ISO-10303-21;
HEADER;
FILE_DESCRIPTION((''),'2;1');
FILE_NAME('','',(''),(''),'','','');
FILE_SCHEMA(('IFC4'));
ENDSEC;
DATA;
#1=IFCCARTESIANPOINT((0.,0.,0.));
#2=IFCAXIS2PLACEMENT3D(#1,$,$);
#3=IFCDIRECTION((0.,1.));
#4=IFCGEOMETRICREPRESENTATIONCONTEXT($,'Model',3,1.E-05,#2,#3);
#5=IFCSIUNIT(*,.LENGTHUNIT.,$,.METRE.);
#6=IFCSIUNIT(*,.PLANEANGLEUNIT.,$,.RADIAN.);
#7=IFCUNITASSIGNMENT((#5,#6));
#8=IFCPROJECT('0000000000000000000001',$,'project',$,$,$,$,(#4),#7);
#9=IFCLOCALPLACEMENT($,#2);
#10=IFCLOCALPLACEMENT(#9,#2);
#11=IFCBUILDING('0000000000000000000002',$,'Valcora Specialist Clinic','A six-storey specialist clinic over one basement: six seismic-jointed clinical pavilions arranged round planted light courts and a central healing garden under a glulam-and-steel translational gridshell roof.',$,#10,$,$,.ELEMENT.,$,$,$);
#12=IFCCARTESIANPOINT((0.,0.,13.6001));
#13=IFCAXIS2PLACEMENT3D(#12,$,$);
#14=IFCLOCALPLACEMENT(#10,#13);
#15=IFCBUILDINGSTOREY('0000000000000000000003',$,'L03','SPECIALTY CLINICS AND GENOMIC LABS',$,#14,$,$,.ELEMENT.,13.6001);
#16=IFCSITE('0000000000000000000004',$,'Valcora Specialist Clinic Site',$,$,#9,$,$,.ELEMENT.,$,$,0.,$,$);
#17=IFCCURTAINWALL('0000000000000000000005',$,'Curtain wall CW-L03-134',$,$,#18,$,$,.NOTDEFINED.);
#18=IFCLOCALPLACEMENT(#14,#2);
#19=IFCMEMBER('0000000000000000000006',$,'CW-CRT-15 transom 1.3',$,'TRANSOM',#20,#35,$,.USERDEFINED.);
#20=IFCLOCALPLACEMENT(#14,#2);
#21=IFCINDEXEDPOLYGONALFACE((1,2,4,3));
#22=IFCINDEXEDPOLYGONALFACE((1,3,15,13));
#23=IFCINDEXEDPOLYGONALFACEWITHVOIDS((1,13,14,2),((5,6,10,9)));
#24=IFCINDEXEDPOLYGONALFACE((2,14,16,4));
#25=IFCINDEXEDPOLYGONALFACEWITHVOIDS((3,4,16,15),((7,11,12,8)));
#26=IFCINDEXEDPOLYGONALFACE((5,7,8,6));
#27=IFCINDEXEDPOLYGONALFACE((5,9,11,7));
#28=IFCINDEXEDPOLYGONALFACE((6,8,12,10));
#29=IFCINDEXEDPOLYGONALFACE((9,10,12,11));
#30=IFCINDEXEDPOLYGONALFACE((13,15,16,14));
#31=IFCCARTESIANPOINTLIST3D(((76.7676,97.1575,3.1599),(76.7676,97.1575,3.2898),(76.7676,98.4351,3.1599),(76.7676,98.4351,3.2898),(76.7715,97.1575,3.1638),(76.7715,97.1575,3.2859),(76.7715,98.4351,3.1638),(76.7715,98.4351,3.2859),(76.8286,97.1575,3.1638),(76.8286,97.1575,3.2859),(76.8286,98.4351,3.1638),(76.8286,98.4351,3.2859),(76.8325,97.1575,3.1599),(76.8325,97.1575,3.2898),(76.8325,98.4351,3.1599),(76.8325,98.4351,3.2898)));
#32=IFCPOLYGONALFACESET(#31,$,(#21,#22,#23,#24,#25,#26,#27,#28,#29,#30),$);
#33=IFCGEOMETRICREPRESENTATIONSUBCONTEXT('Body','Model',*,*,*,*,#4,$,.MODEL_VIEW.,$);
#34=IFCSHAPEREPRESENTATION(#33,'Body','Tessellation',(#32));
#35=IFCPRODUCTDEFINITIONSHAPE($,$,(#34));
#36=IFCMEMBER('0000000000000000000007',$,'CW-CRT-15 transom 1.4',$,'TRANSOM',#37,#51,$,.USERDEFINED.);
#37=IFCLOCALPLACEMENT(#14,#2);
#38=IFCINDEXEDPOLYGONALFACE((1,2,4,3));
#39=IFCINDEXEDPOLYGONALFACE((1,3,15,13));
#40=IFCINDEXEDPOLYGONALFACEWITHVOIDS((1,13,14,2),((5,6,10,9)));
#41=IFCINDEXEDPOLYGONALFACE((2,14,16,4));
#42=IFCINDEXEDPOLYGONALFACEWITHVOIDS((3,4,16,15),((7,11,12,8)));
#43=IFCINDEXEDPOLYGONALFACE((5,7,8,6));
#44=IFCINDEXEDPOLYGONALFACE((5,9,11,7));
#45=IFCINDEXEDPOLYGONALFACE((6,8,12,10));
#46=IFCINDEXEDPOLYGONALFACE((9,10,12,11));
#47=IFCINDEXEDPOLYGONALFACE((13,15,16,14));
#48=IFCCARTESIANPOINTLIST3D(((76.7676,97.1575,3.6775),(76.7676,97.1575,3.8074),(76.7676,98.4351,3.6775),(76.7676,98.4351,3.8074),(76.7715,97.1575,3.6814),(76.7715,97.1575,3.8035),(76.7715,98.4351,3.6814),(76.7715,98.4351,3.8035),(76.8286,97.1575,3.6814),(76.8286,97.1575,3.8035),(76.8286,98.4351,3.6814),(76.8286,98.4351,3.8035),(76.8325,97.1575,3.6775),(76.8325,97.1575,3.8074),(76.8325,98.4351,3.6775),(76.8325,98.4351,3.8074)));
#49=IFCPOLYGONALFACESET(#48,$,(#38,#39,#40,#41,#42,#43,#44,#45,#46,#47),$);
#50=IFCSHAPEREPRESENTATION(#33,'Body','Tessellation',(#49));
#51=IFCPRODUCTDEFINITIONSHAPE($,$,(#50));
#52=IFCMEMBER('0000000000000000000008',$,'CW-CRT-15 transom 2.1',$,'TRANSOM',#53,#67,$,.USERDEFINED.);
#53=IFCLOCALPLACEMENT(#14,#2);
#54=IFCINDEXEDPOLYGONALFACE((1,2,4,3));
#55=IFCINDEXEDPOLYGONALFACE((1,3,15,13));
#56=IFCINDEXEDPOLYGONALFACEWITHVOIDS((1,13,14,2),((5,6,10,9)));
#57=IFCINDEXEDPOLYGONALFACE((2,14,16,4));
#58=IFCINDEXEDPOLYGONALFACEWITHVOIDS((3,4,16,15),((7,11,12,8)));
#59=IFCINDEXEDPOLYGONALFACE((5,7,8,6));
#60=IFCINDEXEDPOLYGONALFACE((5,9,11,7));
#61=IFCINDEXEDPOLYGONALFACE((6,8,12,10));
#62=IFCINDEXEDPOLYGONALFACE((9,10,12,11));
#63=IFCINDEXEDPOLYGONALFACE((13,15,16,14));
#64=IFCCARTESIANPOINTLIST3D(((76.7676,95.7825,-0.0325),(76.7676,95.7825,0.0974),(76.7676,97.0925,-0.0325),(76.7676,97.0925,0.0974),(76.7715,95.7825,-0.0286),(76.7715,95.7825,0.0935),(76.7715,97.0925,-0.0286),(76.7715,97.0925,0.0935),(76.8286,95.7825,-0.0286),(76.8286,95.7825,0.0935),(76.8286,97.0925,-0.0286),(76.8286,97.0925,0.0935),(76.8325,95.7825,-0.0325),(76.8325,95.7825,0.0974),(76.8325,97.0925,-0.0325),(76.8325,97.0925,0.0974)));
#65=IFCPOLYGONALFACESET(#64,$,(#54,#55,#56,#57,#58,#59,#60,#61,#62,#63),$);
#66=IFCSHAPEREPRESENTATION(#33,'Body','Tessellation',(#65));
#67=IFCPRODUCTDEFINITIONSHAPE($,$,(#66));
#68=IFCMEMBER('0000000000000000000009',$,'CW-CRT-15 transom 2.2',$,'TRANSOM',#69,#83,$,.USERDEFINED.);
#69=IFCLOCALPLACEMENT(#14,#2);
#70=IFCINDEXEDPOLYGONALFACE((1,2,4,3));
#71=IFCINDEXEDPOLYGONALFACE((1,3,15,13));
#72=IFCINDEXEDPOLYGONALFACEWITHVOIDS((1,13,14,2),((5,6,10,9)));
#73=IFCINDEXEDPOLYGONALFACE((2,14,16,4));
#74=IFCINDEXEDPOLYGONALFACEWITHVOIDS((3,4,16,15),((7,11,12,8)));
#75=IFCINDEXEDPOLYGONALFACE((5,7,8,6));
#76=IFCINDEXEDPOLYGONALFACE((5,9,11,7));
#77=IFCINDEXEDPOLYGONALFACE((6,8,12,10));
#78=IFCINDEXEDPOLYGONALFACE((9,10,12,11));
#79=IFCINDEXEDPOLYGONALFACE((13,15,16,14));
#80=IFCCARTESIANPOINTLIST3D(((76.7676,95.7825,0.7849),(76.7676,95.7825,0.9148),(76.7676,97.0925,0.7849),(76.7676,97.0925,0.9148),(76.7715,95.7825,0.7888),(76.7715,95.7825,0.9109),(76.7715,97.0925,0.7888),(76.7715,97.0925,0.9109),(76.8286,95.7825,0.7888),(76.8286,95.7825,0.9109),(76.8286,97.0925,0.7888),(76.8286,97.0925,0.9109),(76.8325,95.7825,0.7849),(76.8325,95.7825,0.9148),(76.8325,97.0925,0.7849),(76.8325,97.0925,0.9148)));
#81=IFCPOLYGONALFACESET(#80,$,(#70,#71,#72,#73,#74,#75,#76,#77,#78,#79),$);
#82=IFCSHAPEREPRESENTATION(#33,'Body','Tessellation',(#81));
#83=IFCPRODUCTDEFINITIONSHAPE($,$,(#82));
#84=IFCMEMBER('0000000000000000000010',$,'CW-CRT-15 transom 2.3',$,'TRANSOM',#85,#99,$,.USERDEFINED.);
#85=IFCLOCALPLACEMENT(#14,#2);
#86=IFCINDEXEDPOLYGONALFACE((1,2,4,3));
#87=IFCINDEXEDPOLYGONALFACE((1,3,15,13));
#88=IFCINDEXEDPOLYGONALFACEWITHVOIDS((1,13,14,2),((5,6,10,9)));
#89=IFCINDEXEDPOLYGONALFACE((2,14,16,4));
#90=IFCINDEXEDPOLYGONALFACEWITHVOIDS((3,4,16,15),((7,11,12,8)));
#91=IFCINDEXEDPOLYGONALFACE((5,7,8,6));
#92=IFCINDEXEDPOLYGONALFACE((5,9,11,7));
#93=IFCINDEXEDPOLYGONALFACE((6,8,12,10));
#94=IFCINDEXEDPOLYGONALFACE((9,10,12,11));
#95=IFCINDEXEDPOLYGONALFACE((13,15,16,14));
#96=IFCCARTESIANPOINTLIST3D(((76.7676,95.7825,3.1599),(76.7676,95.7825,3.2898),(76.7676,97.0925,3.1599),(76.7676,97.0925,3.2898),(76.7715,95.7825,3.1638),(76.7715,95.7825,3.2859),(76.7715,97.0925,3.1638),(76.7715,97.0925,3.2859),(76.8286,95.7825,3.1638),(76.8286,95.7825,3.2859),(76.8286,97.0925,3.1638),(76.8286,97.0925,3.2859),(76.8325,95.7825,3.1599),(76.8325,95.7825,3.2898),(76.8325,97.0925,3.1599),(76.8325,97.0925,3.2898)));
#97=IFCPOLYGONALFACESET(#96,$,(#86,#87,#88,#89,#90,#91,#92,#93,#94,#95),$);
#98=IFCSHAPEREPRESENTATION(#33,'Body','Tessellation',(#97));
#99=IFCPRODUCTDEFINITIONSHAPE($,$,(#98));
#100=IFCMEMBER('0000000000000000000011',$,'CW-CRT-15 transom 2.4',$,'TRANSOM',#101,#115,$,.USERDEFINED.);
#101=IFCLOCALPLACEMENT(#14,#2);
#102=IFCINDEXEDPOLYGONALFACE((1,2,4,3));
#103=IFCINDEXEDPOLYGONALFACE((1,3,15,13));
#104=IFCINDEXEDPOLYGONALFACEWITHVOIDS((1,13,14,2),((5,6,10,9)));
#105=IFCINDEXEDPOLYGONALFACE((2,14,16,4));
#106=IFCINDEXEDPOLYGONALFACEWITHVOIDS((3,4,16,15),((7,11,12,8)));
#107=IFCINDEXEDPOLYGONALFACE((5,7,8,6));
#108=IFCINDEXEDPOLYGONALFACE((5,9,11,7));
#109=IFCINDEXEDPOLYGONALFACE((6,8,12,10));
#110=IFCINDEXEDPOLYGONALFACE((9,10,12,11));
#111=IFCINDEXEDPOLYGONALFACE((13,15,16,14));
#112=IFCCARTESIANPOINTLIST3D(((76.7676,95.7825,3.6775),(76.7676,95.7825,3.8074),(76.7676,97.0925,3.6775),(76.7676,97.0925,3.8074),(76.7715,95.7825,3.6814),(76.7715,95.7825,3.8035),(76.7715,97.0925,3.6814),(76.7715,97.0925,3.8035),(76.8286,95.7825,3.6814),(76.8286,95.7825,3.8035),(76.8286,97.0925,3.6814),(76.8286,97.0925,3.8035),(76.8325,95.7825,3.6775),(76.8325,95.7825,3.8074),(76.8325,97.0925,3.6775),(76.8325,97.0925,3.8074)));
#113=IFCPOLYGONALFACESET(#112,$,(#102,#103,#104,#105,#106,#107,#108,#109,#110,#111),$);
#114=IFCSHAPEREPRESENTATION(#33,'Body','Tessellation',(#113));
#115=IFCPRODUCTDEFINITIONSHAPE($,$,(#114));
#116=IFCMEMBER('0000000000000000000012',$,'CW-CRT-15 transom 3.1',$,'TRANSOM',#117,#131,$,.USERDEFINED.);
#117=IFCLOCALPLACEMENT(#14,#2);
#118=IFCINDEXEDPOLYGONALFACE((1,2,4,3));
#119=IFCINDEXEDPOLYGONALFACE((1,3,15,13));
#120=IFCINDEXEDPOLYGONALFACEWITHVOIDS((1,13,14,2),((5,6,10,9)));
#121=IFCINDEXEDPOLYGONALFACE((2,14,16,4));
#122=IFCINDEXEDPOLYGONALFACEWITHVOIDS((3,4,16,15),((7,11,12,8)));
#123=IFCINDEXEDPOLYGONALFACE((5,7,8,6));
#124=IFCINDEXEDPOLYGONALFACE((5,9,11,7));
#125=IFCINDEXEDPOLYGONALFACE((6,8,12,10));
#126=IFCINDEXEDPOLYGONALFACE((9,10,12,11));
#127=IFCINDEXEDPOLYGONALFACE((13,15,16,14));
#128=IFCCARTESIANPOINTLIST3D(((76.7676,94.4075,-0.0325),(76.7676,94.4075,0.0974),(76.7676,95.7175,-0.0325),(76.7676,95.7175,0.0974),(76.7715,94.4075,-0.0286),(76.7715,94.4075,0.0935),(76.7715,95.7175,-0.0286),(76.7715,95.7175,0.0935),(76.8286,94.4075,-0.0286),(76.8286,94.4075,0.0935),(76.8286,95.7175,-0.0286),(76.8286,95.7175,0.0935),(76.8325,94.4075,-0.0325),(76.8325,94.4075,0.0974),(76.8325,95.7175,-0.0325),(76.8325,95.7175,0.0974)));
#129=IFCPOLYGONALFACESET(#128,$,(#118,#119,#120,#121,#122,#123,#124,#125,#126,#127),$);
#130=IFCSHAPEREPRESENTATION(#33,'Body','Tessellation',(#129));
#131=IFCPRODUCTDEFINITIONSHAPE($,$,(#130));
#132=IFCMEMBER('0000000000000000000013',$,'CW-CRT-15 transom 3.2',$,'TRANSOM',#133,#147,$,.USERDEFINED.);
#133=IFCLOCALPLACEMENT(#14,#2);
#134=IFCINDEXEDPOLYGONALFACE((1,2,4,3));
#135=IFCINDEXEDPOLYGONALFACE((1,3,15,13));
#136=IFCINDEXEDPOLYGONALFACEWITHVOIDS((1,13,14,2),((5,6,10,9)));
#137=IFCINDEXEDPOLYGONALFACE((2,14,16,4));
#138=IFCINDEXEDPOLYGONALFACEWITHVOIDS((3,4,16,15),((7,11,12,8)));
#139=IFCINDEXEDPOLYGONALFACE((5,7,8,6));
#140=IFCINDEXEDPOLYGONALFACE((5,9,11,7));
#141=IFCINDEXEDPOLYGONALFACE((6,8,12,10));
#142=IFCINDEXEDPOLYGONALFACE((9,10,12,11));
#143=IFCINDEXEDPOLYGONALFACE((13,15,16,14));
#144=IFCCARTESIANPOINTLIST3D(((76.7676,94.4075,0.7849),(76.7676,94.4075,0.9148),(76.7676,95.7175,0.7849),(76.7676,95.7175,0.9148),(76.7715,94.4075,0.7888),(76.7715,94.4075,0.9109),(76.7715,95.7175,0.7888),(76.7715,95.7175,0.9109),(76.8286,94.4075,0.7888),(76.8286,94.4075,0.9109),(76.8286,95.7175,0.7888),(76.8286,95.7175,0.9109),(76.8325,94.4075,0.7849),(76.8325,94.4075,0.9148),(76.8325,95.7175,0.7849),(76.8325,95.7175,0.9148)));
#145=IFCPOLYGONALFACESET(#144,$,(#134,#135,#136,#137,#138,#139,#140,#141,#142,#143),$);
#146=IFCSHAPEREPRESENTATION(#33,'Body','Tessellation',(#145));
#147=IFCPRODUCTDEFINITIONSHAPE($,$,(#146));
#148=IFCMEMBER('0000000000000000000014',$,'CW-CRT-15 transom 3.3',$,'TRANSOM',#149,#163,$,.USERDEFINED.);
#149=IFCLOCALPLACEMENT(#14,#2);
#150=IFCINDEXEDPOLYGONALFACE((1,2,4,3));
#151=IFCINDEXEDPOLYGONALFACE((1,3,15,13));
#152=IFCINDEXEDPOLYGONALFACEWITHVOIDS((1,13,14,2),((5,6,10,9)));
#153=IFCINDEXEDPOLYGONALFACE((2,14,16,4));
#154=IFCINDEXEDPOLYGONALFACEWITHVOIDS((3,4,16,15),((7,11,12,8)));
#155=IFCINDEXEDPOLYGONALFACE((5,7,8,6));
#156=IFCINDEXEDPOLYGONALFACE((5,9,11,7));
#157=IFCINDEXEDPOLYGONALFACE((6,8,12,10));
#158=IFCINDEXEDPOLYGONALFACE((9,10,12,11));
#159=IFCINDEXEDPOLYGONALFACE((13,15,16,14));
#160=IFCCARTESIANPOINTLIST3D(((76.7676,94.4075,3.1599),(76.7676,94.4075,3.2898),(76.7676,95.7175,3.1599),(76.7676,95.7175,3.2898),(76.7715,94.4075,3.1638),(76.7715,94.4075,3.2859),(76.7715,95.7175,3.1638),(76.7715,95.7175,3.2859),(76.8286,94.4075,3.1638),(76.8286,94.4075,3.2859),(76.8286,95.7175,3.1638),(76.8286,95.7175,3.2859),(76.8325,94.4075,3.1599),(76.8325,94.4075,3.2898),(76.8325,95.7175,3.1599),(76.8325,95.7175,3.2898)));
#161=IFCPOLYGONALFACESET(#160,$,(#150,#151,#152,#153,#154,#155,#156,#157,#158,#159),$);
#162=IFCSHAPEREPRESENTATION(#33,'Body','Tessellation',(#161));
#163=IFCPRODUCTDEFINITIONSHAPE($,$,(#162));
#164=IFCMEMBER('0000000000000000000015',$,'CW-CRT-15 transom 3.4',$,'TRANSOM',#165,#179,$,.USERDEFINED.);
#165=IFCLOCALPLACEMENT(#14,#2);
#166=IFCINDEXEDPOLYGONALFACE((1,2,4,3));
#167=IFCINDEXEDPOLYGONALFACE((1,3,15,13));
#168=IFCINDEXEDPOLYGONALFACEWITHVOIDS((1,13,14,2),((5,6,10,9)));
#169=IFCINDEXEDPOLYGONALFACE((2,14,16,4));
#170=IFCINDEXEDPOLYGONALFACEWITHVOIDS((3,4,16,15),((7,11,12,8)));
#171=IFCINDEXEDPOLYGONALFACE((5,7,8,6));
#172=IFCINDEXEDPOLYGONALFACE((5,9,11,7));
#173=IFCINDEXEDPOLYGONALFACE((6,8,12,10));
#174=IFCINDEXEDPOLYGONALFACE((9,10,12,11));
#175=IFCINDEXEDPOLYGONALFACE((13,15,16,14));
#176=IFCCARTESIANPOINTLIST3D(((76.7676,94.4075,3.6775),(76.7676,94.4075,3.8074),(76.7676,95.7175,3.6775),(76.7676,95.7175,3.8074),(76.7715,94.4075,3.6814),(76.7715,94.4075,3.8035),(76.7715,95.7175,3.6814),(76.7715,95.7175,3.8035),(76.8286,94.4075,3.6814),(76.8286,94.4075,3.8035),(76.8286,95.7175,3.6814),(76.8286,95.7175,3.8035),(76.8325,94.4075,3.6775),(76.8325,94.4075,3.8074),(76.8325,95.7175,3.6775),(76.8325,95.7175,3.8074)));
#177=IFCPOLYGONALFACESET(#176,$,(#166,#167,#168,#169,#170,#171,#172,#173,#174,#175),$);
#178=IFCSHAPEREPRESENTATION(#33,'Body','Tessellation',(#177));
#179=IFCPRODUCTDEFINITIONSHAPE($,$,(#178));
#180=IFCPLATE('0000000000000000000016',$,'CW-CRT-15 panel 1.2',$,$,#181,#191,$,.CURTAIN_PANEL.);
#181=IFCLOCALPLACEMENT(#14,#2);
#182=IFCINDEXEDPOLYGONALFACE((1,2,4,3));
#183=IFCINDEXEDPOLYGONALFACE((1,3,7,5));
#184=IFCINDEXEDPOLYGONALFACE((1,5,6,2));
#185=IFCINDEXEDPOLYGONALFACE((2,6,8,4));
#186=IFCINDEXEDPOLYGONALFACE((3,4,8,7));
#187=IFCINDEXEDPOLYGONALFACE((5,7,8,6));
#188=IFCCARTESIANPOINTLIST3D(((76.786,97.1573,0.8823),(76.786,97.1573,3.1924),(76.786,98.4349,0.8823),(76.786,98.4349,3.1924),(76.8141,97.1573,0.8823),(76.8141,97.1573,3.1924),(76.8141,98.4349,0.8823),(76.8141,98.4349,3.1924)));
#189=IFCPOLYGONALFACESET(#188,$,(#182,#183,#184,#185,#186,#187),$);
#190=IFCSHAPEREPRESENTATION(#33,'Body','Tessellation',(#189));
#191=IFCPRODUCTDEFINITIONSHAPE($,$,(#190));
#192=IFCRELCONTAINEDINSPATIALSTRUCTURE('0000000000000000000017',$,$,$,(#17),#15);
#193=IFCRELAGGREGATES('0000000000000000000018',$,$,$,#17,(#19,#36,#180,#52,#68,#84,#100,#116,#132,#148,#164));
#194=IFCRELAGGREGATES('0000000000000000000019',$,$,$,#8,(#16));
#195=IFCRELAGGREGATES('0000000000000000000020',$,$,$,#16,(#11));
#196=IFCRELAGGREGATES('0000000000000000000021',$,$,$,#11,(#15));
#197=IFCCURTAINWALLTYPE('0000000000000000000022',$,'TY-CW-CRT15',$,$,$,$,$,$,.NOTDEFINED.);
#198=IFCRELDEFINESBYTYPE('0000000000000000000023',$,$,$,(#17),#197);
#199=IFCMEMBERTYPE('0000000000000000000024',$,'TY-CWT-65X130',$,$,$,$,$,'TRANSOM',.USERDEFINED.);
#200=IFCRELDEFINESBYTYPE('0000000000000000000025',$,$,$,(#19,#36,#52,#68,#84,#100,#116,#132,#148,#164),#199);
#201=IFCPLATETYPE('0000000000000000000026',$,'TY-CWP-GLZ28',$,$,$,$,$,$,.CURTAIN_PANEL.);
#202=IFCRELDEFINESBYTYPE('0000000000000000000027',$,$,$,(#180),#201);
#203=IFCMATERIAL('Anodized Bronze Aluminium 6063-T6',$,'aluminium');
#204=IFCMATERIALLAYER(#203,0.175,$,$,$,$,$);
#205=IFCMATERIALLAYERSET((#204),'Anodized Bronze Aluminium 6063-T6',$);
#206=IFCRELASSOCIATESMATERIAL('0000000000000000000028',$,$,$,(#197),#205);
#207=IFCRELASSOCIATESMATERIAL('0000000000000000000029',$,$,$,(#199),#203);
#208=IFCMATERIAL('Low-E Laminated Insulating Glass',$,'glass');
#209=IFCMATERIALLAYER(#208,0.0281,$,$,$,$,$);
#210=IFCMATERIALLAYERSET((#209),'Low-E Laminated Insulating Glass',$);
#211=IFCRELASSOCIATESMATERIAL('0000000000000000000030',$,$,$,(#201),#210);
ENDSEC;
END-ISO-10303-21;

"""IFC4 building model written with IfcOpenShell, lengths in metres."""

from ifc_helpers import new_model, si_unit, direction, frame, origin, origin_2d, place, context, subcontext, project, spatial, rectangle, hollow_rectangle, extrude, material, layer, layer_set, material_profile, profile_set, type_object, element, aggregate, save


model = new_model("IFC4")

# Units and contexts
model_context = context("Model", 3, precision=1e-05, world=origin(), true_north=direction((0.0, 1.0)))
body_context = subcontext(model_context, "Body", "Model", "MODEL_VIEW")
ifc_project = project(units=[si_unit("LENGTHUNIT", "METRE"), si_unit("PLANEANGLEUNIT", "RADIAN")], contexts=[model_context])

# Site, building, storey
site_placement = place(None, origin())
site = spatial("IfcSite", under=ifc_project, at=site_placement, Name="Valcora Specialist Clinic Site", CompositionType="ELEMENT", RefElevation=0.0)
building_placement = place(site_placement, origin())
building = spatial("IfcBuilding", under=site, at=building_placement, Name="Valcora Specialist Clinic", Description="A six-storey specialist clinic over one basement: six seismic-jointed clinical pavilions arranged round planted light courts and a central healing garden under a glulam-and-steel translational gridshell roof.", CompositionType="ELEMENT")
storey_placement = place(building_placement, frame((0.0, 0.0, 13.6001)))
storey = spatial("IfcBuildingStorey", under=building, at=storey_placement, Name="L03", Description="SPECIALTY CLINICS AND GENOMIC LABS", CompositionType="ELEMENT", Elevation=13.6001)

# Curtain wall
ifc_material_1 = material(Name="Anodized Bronze Aluminium 6063-T6", Category="aluminium")
ifc_layer_1 = layer(ifc_material_1, 0.175)
ifc_layer_set_1 = layer_set([ifc_layer_1], Name="Anodized Bronze Aluminium 6063-T6")
curtain_wall_type = type_object("IfcCurtainWallType", Name="TY-CW-CRT15", PredefinedType="NOTDEFINED", material=ifc_layer_set_1)
curtain_wall_1_placement = place(storey_placement, origin())
curtain_wall_1 = element("IfcCurtainWall", 1, at=curtain_wall_1_placement, inside=storey, type_object=curtain_wall_type, Name="Curtain wall CW-L03-134", PredefinedType="NOTDEFINED")

# Members
ifc_material_profile_1 = material_profile(ifc_material_1, hollow_rectangle(XDim=0.0649, YDim=0.1299, WallThickness=0.0039, at=origin_2d()), Name="AL-TRN-65X130")
ifc_profile_set_1 = profile_set([ifc_material_profile_1], Name="Anodized Bronze Aluminium 6063-T6")
member_type_1 = type_object("IfcMemberType", Name="TY-CWT-65X130", ElementType="TRANSOM", PredefinedType="USERDEFINED", material=ifc_profile_set_1)
member_1_placement = place(storey_placement, frame((76.8, 98.4351, 3.2249), z_axis=(0.0, -1.0, 0.0), x_axis=(1.0, 0.0, 0.0)))
member_1 = element("IfcMember", 2, at=member_1_placement, type_object=member_type_1, Name="CW-CRT-15 transom 1.3", ObjectType="TRANSOM", PredefinedType="USERDEFINED", context=body_context, shape_type="SweptSolid", body=[
    extrude(hollow_rectangle(XDim=0.0649, YDim=0.1299, WallThickness=0.0039, at=origin_2d()), origin(), (0.0, 0.0, 1.0), 1.2776),
])
member_2_placement = place(storey_placement, frame((76.8, 98.4351, 3.7424), z_axis=(0.0, -1.0, 0.0), x_axis=(1.0, 0.0, 0.0)))
member_2 = element("IfcMember", 3, at=member_2_placement, type_object=member_type_1, Name="CW-CRT-15 transom 1.4", ObjectType="TRANSOM", PredefinedType="USERDEFINED", context=body_context, shape_type="SweptSolid", body=[
    extrude(hollow_rectangle(XDim=0.0649, YDim=0.1299, WallThickness=0.0039, at=origin_2d()), origin(), (0.0, 0.0, 1.0), 1.2776),
])
member_3_placement = place(storey_placement, frame((76.8, 97.0925, 0.0325), z_axis=(0.0, -1.0, 0.0), x_axis=(1.0, 0.0, 0.0)))
member_3 = element("IfcMember", 4, at=member_3_placement, type_object=member_type_1, Name="CW-CRT-15 transom 2.1", ObjectType="TRANSOM", PredefinedType="USERDEFINED", context=body_context, shape_type="SweptSolid", body=[
    extrude(hollow_rectangle(XDim=0.0649, YDim=0.1299, WallThickness=0.0039, at=origin_2d()), origin(), (0.0, 0.0, 1.0), 1.3101),
])
member_4_placement = place(storey_placement, frame((76.8, 97.0925, 0.8499), z_axis=(0.0, -1.0, 0.0), x_axis=(1.0, 0.0, 0.0)))
member_4 = element("IfcMember", 5, at=member_4_placement, type_object=member_type_1, Name="CW-CRT-15 transom 2.2", ObjectType="TRANSOM", PredefinedType="USERDEFINED", context=body_context, shape_type="SweptSolid", body=[
    extrude(hollow_rectangle(XDim=0.0649, YDim=0.1299, WallThickness=0.0039, at=origin_2d()), origin(), (0.0, 0.0, 1.0), 1.3101),
])
member_5_placement = place(storey_placement, frame((76.8, 97.0925, 3.2249), z_axis=(0.0, -1.0, 0.0), x_axis=(1.0, 0.0, 0.0)))
member_5 = element("IfcMember", 6, at=member_5_placement, type_object=member_type_1, Name="CW-CRT-15 transom 2.3", ObjectType="TRANSOM", PredefinedType="USERDEFINED", context=body_context, shape_type="SweptSolid", body=[
    extrude(hollow_rectangle(XDim=0.0649, YDim=0.1299, WallThickness=0.0039, at=origin_2d()), origin(), (0.0, 0.0, 1.0), 1.3101),
])
member_6_placement = place(storey_placement, frame((76.8, 97.0925, 3.7424), z_axis=(0.0, -1.0, 0.0), x_axis=(1.0, 0.0, 0.0)))
member_6 = element("IfcMember", 7, at=member_6_placement, type_object=member_type_1, Name="CW-CRT-15 transom 2.4", ObjectType="TRANSOM", PredefinedType="USERDEFINED", context=body_context, shape_type="SweptSolid", body=[
    extrude(hollow_rectangle(XDim=0.0649, YDim=0.1299, WallThickness=0.0039, at=origin_2d()), origin(), (0.0, 0.0, 1.0), 1.3101),
])
member_7_placement = place(storey_placement, frame((76.8, 95.7175, 0.0325), z_axis=(0.0, -1.0, 0.0), x_axis=(1.0, 0.0, 0.0)))
member_7 = element("IfcMember", 8, at=member_7_placement, type_object=member_type_1, Name="CW-CRT-15 transom 3.1", ObjectType="TRANSOM", PredefinedType="USERDEFINED", context=body_context, shape_type="SweptSolid", body=[
    extrude(hollow_rectangle(XDim=0.0649, YDim=0.1299, WallThickness=0.0039, at=origin_2d()), origin(), (0.0, 0.0, 1.0), 1.3101),
])
member_8_placement = place(storey_placement, frame((76.8, 95.7175, 0.8499), z_axis=(0.0, -1.0, 0.0), x_axis=(1.0, 0.0, 0.0)))
member_8 = element("IfcMember", 9, at=member_8_placement, type_object=member_type_1, Name="CW-CRT-15 transom 3.2", ObjectType="TRANSOM", PredefinedType="USERDEFINED", context=body_context, shape_type="SweptSolid", body=[
    extrude(hollow_rectangle(XDim=0.0649, YDim=0.1299, WallThickness=0.0039, at=origin_2d()), origin(), (0.0, 0.0, 1.0), 1.3101),
])
member_9_placement = place(storey_placement, frame((76.8, 95.7175, 3.2249), z_axis=(0.0, -1.0, 0.0), x_axis=(1.0, 0.0, 0.0)))
member_9 = element("IfcMember", 10, at=member_9_placement, type_object=member_type_1, Name="CW-CRT-15 transom 3.3", ObjectType="TRANSOM", PredefinedType="USERDEFINED", context=body_context, shape_type="SweptSolid", body=[
    extrude(hollow_rectangle(XDim=0.0649, YDim=0.1299, WallThickness=0.0039, at=origin_2d()), origin(), (0.0, 0.0, 1.0), 1.3101),
])
member_10_placement = place(storey_placement, frame((76.8, 95.7175, 3.7424), z_axis=(0.0, -1.0, 0.0), x_axis=(1.0, 0.0, 0.0)))
member_10 = element("IfcMember", 11, at=member_10_placement, type_object=member_type_1, Name="CW-CRT-15 transom 3.4", ObjectType="TRANSOM", PredefinedType="USERDEFINED", context=body_context, shape_type="SweptSolid", body=[
    extrude(hollow_rectangle(XDim=0.0649, YDim=0.1299, WallThickness=0.0039, at=origin_2d()), origin(), (0.0, 0.0, 1.0), 1.3101),
])

# Plate
ifc_material_2 = material(Name="Low-E Laminated Insulating Glass", Category="glass")
ifc_layer_2 = layer(ifc_material_2, 0.0281)
ifc_layer_set_2 = layer_set([ifc_layer_2], Name="Low-E Laminated Insulating Glass")
plate_type_1 = type_object("IfcPlateType", Name="TY-CWP-GLZ28", PredefinedType="CURTAIN_PANEL", material=ifc_layer_set_2)
plate_1_placement = place(storey_placement, frame((76.8, 97.7961, 0.8823), z_axis=(0.0, 0.0, 1.0), x_axis=(0.0, -1.0, 0.0)))
plate_1 = element("IfcPlate", 12, at=plate_1_placement, type_object=plate_type_1, Name="CW-CRT-15 panel 1.2", PredefinedType="CURTAIN_PANEL", context=body_context, shape_type="SweptSolid", body=[
    extrude(rectangle(XDim=1.2776, YDim=0.0281, at=origin_2d()), origin(), (0.0, 0.0, 1.0), 2.3101),
])
aggregate(curtain_wall_1, [member_1, member_2, plate_1, member_3, member_4, member_5, member_6, member_7, member_8, member_9, member_10])

save(model, "model.ifc")
